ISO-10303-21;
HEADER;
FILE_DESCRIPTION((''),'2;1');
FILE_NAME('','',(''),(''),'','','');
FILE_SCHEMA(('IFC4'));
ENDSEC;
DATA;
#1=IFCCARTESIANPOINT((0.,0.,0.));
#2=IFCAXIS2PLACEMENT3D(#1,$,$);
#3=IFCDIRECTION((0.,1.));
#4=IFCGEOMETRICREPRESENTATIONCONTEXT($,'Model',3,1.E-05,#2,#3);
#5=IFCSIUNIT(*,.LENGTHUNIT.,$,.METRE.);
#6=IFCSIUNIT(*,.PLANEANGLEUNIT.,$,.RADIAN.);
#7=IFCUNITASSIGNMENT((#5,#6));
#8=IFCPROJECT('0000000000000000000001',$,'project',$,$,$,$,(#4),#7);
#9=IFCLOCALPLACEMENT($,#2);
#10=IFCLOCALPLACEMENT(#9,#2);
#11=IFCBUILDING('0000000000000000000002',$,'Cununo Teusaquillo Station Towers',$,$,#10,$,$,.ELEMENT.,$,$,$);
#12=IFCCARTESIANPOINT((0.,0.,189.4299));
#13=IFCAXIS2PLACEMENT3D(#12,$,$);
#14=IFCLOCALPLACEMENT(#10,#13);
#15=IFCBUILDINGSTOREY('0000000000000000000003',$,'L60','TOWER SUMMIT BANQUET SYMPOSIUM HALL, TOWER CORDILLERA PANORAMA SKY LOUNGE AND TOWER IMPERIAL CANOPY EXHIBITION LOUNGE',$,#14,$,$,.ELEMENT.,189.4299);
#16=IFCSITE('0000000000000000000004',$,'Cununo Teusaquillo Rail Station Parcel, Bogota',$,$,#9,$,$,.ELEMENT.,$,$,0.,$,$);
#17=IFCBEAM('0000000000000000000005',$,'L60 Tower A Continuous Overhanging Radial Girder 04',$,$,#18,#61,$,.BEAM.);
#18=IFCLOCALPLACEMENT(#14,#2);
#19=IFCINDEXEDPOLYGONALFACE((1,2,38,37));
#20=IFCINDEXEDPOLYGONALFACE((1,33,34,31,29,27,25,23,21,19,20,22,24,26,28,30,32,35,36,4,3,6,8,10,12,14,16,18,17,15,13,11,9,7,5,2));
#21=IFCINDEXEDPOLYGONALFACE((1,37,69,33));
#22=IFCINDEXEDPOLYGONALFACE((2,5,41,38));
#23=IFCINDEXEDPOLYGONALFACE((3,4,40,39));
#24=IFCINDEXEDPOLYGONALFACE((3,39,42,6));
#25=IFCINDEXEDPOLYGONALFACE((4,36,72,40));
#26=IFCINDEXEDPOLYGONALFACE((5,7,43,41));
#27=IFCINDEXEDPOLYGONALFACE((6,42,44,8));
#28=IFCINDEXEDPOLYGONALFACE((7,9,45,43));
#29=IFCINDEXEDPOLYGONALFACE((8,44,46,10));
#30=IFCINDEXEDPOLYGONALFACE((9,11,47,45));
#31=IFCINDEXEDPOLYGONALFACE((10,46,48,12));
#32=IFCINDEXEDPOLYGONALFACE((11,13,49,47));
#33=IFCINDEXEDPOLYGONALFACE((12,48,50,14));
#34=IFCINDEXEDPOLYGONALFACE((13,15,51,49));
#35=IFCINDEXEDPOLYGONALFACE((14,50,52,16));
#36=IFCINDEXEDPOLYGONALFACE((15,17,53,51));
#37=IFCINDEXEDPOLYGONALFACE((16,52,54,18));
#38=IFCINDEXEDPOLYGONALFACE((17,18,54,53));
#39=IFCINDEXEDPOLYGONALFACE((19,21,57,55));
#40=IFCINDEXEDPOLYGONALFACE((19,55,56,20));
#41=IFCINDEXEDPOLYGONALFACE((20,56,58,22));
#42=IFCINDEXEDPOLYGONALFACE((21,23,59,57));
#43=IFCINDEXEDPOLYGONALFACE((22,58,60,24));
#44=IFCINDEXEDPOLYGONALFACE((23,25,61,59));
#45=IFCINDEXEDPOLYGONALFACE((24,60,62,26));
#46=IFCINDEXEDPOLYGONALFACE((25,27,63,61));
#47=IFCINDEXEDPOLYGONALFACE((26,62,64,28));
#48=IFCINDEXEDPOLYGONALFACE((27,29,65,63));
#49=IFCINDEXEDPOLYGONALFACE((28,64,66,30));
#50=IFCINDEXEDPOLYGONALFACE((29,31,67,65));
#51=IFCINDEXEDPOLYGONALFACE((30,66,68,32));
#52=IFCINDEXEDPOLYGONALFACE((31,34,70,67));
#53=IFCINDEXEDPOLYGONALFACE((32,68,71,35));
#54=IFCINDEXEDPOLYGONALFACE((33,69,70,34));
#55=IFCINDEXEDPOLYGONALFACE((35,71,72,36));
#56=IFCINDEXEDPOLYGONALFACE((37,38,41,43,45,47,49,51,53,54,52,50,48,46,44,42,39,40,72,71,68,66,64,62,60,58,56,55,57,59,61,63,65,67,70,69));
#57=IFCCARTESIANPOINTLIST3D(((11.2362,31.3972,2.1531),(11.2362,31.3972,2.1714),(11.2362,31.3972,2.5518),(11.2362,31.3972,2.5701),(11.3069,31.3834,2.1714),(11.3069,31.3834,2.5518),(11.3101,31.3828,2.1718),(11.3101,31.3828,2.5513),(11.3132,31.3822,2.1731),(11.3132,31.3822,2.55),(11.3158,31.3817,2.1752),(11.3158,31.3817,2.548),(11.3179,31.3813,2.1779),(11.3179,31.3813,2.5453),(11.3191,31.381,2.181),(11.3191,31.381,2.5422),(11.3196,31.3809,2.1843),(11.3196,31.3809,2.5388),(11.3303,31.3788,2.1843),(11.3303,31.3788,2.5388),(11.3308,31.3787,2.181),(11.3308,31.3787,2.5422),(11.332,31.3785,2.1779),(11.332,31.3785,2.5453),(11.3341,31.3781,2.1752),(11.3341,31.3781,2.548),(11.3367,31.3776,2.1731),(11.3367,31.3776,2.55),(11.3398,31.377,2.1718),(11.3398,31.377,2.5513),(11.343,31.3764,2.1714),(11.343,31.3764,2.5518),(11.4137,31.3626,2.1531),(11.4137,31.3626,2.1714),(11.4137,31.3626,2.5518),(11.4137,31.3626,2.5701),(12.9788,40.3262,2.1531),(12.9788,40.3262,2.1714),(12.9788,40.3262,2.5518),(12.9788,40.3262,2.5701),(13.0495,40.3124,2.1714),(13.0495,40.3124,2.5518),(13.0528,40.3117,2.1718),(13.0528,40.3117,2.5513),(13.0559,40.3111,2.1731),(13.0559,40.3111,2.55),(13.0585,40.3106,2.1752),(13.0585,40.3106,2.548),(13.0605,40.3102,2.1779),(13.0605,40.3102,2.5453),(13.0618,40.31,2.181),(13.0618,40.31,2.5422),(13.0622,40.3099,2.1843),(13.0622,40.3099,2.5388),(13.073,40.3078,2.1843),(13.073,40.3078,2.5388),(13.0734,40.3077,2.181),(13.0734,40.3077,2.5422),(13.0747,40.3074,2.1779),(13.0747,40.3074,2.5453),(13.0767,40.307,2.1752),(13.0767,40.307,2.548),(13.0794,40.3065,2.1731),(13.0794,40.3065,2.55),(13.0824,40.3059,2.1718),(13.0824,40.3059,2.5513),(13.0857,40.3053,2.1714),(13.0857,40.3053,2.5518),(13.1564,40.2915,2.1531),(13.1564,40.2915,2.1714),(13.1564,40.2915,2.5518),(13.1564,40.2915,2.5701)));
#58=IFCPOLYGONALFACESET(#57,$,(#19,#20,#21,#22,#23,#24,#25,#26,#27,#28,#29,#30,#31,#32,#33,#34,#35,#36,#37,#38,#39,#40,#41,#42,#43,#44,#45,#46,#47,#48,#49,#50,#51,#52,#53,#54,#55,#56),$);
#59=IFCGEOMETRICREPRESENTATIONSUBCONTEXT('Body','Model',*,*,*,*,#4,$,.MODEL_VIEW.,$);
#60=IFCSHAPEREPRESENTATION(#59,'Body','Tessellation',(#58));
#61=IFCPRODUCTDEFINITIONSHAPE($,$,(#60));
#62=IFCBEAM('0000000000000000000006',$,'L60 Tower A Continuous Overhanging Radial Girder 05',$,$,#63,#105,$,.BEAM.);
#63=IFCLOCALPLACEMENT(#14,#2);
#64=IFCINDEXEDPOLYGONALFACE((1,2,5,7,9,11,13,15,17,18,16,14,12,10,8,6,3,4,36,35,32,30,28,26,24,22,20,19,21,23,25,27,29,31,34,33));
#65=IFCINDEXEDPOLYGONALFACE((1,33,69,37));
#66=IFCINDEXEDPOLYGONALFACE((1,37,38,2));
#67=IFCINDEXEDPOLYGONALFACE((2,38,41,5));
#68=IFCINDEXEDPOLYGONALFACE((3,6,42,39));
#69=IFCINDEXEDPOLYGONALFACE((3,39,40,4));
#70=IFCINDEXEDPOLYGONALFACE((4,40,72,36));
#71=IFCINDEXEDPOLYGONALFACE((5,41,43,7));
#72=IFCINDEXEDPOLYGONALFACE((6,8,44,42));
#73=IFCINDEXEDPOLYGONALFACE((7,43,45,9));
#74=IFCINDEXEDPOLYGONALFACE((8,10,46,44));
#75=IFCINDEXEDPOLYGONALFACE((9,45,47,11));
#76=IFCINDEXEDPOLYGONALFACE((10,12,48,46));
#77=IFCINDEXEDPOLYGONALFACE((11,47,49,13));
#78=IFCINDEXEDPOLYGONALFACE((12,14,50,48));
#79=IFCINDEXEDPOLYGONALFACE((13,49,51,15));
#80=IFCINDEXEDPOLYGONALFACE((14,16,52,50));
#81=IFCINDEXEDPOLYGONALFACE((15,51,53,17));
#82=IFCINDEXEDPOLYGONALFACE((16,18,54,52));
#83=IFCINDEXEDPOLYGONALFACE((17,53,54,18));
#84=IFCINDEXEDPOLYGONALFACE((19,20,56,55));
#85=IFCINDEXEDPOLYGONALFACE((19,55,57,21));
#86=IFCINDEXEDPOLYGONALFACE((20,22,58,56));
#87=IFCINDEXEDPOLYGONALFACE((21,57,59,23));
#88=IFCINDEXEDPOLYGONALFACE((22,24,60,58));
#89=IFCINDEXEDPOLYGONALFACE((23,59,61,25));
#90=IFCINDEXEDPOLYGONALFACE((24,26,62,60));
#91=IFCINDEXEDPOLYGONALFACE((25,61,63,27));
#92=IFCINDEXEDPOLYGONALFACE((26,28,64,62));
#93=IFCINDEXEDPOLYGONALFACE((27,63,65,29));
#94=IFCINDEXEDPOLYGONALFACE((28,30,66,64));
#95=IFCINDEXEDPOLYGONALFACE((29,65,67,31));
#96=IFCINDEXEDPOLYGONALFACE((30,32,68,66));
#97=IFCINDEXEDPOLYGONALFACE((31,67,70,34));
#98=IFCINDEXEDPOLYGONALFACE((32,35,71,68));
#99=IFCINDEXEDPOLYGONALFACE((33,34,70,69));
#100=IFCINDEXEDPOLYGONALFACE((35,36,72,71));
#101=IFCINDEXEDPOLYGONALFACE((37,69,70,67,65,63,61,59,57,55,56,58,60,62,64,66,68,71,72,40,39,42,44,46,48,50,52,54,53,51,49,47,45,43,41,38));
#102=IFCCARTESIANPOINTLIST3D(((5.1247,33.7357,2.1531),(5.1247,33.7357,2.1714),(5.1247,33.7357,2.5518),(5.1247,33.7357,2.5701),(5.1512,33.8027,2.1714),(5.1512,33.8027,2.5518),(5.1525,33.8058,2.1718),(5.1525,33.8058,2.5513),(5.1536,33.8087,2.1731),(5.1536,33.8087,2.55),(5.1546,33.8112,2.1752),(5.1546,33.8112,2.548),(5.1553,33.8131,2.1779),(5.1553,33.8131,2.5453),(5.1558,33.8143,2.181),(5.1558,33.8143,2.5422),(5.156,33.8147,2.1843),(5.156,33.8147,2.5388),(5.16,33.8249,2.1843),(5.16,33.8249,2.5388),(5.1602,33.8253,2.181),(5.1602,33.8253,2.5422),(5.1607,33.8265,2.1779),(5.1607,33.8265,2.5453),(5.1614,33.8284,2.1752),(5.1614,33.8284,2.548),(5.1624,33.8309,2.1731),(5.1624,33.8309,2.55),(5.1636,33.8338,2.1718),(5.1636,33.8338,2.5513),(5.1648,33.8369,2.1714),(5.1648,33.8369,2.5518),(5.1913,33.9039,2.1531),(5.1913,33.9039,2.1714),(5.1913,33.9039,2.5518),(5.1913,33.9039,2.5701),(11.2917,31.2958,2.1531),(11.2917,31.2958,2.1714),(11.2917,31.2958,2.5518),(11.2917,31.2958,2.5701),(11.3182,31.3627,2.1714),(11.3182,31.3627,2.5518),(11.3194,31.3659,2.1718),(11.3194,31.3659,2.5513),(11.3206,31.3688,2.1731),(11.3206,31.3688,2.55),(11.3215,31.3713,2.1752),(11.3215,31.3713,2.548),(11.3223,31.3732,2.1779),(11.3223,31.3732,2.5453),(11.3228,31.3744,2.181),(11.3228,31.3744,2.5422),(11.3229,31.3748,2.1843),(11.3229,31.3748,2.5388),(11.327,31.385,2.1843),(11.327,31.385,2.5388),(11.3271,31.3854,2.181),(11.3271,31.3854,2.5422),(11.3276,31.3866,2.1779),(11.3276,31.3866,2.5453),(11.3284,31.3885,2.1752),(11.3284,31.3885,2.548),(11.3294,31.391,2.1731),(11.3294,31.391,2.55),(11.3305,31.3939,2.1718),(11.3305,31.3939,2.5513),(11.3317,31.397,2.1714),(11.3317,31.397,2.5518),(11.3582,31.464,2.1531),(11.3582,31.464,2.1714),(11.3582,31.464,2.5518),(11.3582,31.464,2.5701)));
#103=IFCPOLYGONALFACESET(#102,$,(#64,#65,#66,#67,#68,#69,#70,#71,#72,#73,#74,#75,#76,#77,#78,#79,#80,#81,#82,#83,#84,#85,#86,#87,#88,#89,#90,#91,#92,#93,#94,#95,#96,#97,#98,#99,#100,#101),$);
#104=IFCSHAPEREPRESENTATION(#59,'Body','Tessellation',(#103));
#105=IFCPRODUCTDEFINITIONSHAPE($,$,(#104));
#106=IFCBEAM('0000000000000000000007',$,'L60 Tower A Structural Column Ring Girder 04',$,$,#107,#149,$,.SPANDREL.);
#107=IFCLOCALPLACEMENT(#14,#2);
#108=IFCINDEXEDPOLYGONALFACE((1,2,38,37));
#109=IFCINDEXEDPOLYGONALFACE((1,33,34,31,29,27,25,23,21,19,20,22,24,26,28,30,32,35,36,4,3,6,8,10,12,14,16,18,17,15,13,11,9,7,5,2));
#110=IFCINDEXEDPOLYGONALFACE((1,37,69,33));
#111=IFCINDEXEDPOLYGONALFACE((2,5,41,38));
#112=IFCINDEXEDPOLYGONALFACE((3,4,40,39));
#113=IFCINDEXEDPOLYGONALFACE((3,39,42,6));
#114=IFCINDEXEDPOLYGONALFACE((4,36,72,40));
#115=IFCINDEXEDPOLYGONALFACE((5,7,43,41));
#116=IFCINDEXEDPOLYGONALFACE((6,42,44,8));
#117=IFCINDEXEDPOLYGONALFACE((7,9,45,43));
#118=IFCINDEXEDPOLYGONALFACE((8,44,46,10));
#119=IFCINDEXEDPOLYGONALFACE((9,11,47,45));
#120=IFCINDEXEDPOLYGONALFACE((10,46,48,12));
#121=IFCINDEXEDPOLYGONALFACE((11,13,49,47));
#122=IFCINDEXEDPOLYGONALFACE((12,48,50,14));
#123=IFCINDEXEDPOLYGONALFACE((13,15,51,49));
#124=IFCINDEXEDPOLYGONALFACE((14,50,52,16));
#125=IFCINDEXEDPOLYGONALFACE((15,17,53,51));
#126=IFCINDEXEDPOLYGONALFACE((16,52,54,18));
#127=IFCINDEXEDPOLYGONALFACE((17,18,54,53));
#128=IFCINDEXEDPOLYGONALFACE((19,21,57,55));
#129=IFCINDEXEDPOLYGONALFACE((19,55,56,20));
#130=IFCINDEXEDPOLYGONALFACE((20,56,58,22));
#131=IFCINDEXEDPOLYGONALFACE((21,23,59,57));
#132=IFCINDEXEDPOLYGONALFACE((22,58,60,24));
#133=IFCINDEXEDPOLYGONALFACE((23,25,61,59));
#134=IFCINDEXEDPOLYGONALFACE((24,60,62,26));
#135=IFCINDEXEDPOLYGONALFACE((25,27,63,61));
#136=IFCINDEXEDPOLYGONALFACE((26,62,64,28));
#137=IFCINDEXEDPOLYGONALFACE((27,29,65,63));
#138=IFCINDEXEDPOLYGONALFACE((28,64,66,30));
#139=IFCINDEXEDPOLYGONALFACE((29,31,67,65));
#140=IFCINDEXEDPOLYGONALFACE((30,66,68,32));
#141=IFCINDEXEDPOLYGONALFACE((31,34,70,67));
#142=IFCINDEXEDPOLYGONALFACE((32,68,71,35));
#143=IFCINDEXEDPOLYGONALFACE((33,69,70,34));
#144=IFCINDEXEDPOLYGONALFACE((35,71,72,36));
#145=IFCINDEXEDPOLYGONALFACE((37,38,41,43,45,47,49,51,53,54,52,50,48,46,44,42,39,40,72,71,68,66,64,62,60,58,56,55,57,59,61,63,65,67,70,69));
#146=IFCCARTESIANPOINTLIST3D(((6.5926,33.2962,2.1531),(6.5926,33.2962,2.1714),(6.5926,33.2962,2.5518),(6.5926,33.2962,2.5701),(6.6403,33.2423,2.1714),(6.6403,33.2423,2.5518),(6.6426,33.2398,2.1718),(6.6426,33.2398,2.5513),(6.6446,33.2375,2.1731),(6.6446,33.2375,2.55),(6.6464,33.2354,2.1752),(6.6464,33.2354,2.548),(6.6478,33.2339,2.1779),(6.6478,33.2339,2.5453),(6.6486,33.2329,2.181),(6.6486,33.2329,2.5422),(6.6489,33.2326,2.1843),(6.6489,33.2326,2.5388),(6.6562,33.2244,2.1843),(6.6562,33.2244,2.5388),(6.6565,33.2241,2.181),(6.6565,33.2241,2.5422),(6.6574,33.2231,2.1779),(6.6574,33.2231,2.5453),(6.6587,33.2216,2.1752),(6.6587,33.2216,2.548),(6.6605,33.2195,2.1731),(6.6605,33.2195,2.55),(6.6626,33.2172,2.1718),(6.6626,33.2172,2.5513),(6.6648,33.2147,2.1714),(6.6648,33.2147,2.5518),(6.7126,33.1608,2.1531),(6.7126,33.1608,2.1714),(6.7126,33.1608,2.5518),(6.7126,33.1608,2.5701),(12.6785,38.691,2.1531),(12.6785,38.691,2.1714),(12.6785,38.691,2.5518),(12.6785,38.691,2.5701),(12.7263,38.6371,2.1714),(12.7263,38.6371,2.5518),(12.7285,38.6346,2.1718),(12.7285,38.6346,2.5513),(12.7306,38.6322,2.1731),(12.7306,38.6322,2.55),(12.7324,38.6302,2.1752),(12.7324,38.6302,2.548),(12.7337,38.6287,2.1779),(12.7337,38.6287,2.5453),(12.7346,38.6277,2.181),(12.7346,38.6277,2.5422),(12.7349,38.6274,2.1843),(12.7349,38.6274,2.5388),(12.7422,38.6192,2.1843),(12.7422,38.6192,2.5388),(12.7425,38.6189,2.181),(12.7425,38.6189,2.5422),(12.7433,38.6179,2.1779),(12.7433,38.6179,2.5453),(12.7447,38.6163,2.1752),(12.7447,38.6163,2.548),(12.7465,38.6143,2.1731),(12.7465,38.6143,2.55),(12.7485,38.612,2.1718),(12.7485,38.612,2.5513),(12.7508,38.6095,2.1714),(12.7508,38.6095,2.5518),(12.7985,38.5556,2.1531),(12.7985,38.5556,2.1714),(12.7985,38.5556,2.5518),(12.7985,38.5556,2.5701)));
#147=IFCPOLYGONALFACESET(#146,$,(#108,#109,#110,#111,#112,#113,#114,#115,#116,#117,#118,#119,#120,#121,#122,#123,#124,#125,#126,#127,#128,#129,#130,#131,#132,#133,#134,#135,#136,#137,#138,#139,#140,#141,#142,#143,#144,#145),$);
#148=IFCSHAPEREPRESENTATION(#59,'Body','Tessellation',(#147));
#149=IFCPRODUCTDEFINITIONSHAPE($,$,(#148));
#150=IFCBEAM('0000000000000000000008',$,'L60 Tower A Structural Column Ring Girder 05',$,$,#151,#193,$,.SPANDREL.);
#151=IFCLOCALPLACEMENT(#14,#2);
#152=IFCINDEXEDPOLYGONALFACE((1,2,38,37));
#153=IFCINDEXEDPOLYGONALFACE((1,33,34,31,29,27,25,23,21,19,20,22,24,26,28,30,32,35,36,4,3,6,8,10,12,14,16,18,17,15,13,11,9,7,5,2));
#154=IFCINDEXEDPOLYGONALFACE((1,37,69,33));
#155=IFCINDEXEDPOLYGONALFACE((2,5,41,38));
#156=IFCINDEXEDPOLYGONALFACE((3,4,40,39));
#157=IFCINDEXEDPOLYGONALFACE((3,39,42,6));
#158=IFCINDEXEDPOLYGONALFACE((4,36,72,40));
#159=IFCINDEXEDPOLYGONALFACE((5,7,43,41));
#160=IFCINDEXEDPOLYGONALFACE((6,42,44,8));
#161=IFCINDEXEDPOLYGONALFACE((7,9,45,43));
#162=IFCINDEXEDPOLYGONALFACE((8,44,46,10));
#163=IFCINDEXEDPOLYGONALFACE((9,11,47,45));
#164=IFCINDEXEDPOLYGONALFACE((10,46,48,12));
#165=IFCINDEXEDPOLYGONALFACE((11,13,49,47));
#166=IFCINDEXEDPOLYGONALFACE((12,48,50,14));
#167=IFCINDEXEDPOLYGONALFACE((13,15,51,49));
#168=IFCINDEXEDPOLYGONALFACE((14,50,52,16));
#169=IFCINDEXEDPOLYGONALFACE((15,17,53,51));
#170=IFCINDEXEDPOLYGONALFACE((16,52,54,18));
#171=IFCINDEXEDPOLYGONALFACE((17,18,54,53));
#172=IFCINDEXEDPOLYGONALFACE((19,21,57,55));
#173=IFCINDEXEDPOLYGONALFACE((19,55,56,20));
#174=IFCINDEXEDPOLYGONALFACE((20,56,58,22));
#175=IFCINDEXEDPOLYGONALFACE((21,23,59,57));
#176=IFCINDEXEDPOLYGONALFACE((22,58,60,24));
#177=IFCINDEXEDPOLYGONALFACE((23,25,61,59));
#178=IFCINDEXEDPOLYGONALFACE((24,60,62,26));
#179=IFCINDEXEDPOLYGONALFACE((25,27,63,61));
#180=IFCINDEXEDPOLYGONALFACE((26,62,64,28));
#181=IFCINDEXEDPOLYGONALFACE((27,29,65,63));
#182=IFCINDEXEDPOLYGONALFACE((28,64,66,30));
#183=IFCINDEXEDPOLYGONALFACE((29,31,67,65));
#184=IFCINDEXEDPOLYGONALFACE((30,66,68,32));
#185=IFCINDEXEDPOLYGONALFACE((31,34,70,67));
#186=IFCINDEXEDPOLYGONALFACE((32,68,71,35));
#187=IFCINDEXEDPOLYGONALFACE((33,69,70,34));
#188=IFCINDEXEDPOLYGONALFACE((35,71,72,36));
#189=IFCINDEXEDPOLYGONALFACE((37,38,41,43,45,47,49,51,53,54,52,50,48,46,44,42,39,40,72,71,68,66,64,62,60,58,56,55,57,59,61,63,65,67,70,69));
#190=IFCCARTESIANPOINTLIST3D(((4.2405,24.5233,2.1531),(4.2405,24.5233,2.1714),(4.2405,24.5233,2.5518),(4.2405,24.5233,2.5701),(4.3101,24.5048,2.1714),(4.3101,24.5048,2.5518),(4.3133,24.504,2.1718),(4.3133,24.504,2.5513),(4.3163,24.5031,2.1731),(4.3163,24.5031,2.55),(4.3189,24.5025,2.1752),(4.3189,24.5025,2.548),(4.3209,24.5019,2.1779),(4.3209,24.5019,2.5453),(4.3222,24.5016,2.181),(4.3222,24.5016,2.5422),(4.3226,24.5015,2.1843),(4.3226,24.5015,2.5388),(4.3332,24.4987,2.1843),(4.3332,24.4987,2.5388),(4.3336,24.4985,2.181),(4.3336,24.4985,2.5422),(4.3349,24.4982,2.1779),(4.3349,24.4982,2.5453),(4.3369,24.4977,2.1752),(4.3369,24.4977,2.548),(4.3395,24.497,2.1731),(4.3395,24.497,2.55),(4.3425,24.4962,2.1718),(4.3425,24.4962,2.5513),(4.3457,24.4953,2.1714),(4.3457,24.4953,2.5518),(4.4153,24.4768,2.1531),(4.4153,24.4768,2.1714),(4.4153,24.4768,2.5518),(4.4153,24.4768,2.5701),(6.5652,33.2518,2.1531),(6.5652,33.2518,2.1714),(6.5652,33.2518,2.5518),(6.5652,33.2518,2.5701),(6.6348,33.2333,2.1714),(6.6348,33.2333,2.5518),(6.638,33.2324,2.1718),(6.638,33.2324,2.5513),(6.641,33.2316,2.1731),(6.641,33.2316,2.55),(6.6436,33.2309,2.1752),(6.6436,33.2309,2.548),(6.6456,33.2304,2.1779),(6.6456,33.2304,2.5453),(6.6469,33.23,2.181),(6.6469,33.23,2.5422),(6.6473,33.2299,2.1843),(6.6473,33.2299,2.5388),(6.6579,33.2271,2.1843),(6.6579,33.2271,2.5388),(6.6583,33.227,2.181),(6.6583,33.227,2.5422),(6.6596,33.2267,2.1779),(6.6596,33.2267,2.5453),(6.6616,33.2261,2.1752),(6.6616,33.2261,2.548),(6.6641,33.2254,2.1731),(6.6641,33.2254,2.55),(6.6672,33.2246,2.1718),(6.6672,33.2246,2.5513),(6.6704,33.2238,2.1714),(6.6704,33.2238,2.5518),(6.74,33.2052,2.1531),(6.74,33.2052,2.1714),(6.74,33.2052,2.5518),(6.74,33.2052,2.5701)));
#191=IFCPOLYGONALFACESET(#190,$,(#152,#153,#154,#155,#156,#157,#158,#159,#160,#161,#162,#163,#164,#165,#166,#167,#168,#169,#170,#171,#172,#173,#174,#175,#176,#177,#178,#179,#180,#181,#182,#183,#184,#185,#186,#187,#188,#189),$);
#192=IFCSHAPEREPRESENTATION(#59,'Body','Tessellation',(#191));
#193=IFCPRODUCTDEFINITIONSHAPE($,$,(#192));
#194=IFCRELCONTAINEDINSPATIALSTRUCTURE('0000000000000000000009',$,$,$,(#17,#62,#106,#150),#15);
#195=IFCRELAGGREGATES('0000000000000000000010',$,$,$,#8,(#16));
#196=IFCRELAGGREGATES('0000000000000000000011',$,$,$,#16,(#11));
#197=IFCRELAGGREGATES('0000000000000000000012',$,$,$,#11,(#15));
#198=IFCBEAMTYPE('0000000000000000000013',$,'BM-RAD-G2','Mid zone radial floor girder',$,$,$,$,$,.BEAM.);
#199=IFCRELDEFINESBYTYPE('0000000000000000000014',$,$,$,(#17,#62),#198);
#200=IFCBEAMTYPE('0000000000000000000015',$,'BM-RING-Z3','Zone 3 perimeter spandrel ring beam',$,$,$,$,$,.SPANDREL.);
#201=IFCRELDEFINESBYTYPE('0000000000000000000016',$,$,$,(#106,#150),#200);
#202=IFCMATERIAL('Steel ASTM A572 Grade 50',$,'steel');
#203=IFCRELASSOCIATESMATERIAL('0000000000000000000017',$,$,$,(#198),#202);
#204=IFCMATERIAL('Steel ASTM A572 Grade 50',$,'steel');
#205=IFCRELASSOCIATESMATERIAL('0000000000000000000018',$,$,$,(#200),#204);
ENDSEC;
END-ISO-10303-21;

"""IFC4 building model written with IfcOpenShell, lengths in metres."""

from ifc_helpers import new_model, si_unit, direction, frame, origin, origin_2d, place, context, subcontext, project, spatial, i_section, extrude, material, material_profile, profile_set, type_object, element, save


model = new_model("IFC4")

# Units and contexts
model_context = context("Model", 3, precision=1e-05, world=origin(), true_north=direction((0.0, 1.0)))
body_context = subcontext(model_context, "Body", "Model", "MODEL_VIEW")
ifc_project = project(units=[si_unit("LENGTHUNIT", "METRE"), si_unit("PLANEANGLEUNIT", "RADIAN")], contexts=[model_context])

# Site, building, storey
site_placement = place(None, origin())
site = spatial("IfcSite", under=ifc_project, at=site_placement, Name="Cununo Teusaquillo Rail Station Parcel, Bogota", CompositionType="ELEMENT", RefElevation=0.0)
building_placement = place(site_placement, origin())
building = spatial("IfcBuilding", under=site, at=building_placement, Name="Cununo Teusaquillo Station Towers", CompositionType="ELEMENT")
storey_placement = place(building_placement, frame((0.0, 0.0, 189.4299)))
storey = spatial("IfcBuildingStorey", under=building, at=storey_placement, Name="L60", Description="TOWER SUMMIT BANQUET SYMPOSIUM HALL, TOWER CORDILLERA PANORAMA SKY LOUNGE AND TOWER IMPERIAL CANOPY EXHIBITION LOUNGE", CompositionType="ELEMENT", Elevation=189.4299)

# Beams
ifc_material_1 = material(Name="Steel ASTM A572 Grade 50", Category="steel")
ifc_material_profile_1 = material_profile(ifc_material_1, i_section(OverallWidth=0.1809, OverallDepth=0.417, WebThickness=0.011, FlangeThickness=0.0183, FilletRadius=0.0129, at=origin_2d()), Name="W16X57")
ifc_profile_set_1 = profile_set([ifc_material_profile_1], Name="Steel ASTM A572 Grade 50")
beam_type_1 = type_object("IfcBeamType", Name="BM-RAD-G2", Description="Mid zone radial floor girder", PredefinedType="BEAM", material=ifc_profile_set_1)
beam_1_placement = place(storey_placement, frame((11.325, 31.3799, 2.3616), z_axis=(0.191557, 0.981481, 0.0), x_axis=(-0.981481, 0.191557, 0.0)))
element("IfcBeam", 1, at=beam_1_placement, inside=storey, type_object=beam_type_1, Name="L60 Tower A Continuous Overhanging Radial Girder 04", PredefinedType="BEAM", context=body_context, shape_type="SweptSolid", body=[
    extrude(i_section(OverallWidth=0.1809, OverallDepth=0.417, WebThickness=0.011, FlangeThickness=0.0183, FilletRadius=0.0129, at=origin_2d()), origin(), (0.0, 0.0, 1.0), 9.0974),
])
beam_2_placement = place(storey_placement, frame((11.325, 31.3799, 2.3616), z_axis=(-0.929866, 0.367897, 0.0), x_axis=(-0.367897, -0.929866, 0.0)))
element("IfcBeam", 2, at=beam_2_placement, inside=storey, type_object=beam_type_1, Name="L60 Tower A Continuous Overhanging Radial Girder 05", PredefinedType="BEAM", context=body_context, shape_type="SweptSolid", body=[
    extrude(i_section(OverallWidth=0.1809, OverallDepth=0.417, WebThickness=0.011, FlangeThickness=0.0183, FilletRadius=0.0129, at=origin_2d()), origin(), (0.0, 0.0, 1.0), 6.6321),
])
ifc_material_2 = material(Name="Steel ASTM A572 Grade 50", Category="steel")
ifc_material_profile_2 = material_profile(ifc_material_2, i_section(OverallWidth=0.1809, OverallDepth=0.417, WebThickness=0.011, FlangeThickness=0.0183, FilletRadius=0.0129, at=origin_2d()), Name="W16X57")
ifc_profile_set_2 = profile_set([ifc_material_profile_2], Name="Steel ASTM A572 Grade 50")
beam_type_2 = type_object("IfcBeamType", Name="BM-RING-Z3", Description="Zone 3 perimeter spandrel ring beam", PredefinedType="SPANDREL", material=ifc_profile_set_2)
beam_3_placement = place(storey_placement, frame((12.7385, 38.6233, 2.3616), z_axis=(-0.748321, -0.663337, 0.0), x_axis=(0.663337, -0.748321, 0.0)))
element("IfcBeam", 3, at=beam_3_placement, inside=storey, type_object=beam_type_2, Name="L60 Tower A Structural Column Ring Girder 04", PredefinedType="SPANDREL", context=body_context, shape_type="SweptSolid", body=[
    extrude(i_section(OverallWidth=0.1809, OverallDepth=0.417, WebThickness=0.011, FlangeThickness=0.0183, FilletRadius=0.0129, at=origin_2d()), origin(), (0.0, 0.0, 1.0), 8.1328),
])
beam_4_placement = place(storey_placement, frame((6.6526, 33.2285, 2.3616), z_axis=(-0.257363, -0.966315, 0.0), x_axis=(0.966315, -0.257363, 0.0)))
element("IfcBeam", 4, at=beam_4_placement, inside=storey, type_object=beam_type_2, Name="L60 Tower A Structural Column Ring Girder 05", PredefinedType="SPANDREL", context=body_context, shape_type="SweptSolid", body=[
    extrude(i_section(OverallWidth=0.1809, OverallDepth=0.417, WebThickness=0.011, FlangeThickness=0.0183, FilletRadius=0.0129, at=origin_2d()), origin(), (0.0, 0.0, 1.0), 9.0327),
])

save(model, "model.ifc")
